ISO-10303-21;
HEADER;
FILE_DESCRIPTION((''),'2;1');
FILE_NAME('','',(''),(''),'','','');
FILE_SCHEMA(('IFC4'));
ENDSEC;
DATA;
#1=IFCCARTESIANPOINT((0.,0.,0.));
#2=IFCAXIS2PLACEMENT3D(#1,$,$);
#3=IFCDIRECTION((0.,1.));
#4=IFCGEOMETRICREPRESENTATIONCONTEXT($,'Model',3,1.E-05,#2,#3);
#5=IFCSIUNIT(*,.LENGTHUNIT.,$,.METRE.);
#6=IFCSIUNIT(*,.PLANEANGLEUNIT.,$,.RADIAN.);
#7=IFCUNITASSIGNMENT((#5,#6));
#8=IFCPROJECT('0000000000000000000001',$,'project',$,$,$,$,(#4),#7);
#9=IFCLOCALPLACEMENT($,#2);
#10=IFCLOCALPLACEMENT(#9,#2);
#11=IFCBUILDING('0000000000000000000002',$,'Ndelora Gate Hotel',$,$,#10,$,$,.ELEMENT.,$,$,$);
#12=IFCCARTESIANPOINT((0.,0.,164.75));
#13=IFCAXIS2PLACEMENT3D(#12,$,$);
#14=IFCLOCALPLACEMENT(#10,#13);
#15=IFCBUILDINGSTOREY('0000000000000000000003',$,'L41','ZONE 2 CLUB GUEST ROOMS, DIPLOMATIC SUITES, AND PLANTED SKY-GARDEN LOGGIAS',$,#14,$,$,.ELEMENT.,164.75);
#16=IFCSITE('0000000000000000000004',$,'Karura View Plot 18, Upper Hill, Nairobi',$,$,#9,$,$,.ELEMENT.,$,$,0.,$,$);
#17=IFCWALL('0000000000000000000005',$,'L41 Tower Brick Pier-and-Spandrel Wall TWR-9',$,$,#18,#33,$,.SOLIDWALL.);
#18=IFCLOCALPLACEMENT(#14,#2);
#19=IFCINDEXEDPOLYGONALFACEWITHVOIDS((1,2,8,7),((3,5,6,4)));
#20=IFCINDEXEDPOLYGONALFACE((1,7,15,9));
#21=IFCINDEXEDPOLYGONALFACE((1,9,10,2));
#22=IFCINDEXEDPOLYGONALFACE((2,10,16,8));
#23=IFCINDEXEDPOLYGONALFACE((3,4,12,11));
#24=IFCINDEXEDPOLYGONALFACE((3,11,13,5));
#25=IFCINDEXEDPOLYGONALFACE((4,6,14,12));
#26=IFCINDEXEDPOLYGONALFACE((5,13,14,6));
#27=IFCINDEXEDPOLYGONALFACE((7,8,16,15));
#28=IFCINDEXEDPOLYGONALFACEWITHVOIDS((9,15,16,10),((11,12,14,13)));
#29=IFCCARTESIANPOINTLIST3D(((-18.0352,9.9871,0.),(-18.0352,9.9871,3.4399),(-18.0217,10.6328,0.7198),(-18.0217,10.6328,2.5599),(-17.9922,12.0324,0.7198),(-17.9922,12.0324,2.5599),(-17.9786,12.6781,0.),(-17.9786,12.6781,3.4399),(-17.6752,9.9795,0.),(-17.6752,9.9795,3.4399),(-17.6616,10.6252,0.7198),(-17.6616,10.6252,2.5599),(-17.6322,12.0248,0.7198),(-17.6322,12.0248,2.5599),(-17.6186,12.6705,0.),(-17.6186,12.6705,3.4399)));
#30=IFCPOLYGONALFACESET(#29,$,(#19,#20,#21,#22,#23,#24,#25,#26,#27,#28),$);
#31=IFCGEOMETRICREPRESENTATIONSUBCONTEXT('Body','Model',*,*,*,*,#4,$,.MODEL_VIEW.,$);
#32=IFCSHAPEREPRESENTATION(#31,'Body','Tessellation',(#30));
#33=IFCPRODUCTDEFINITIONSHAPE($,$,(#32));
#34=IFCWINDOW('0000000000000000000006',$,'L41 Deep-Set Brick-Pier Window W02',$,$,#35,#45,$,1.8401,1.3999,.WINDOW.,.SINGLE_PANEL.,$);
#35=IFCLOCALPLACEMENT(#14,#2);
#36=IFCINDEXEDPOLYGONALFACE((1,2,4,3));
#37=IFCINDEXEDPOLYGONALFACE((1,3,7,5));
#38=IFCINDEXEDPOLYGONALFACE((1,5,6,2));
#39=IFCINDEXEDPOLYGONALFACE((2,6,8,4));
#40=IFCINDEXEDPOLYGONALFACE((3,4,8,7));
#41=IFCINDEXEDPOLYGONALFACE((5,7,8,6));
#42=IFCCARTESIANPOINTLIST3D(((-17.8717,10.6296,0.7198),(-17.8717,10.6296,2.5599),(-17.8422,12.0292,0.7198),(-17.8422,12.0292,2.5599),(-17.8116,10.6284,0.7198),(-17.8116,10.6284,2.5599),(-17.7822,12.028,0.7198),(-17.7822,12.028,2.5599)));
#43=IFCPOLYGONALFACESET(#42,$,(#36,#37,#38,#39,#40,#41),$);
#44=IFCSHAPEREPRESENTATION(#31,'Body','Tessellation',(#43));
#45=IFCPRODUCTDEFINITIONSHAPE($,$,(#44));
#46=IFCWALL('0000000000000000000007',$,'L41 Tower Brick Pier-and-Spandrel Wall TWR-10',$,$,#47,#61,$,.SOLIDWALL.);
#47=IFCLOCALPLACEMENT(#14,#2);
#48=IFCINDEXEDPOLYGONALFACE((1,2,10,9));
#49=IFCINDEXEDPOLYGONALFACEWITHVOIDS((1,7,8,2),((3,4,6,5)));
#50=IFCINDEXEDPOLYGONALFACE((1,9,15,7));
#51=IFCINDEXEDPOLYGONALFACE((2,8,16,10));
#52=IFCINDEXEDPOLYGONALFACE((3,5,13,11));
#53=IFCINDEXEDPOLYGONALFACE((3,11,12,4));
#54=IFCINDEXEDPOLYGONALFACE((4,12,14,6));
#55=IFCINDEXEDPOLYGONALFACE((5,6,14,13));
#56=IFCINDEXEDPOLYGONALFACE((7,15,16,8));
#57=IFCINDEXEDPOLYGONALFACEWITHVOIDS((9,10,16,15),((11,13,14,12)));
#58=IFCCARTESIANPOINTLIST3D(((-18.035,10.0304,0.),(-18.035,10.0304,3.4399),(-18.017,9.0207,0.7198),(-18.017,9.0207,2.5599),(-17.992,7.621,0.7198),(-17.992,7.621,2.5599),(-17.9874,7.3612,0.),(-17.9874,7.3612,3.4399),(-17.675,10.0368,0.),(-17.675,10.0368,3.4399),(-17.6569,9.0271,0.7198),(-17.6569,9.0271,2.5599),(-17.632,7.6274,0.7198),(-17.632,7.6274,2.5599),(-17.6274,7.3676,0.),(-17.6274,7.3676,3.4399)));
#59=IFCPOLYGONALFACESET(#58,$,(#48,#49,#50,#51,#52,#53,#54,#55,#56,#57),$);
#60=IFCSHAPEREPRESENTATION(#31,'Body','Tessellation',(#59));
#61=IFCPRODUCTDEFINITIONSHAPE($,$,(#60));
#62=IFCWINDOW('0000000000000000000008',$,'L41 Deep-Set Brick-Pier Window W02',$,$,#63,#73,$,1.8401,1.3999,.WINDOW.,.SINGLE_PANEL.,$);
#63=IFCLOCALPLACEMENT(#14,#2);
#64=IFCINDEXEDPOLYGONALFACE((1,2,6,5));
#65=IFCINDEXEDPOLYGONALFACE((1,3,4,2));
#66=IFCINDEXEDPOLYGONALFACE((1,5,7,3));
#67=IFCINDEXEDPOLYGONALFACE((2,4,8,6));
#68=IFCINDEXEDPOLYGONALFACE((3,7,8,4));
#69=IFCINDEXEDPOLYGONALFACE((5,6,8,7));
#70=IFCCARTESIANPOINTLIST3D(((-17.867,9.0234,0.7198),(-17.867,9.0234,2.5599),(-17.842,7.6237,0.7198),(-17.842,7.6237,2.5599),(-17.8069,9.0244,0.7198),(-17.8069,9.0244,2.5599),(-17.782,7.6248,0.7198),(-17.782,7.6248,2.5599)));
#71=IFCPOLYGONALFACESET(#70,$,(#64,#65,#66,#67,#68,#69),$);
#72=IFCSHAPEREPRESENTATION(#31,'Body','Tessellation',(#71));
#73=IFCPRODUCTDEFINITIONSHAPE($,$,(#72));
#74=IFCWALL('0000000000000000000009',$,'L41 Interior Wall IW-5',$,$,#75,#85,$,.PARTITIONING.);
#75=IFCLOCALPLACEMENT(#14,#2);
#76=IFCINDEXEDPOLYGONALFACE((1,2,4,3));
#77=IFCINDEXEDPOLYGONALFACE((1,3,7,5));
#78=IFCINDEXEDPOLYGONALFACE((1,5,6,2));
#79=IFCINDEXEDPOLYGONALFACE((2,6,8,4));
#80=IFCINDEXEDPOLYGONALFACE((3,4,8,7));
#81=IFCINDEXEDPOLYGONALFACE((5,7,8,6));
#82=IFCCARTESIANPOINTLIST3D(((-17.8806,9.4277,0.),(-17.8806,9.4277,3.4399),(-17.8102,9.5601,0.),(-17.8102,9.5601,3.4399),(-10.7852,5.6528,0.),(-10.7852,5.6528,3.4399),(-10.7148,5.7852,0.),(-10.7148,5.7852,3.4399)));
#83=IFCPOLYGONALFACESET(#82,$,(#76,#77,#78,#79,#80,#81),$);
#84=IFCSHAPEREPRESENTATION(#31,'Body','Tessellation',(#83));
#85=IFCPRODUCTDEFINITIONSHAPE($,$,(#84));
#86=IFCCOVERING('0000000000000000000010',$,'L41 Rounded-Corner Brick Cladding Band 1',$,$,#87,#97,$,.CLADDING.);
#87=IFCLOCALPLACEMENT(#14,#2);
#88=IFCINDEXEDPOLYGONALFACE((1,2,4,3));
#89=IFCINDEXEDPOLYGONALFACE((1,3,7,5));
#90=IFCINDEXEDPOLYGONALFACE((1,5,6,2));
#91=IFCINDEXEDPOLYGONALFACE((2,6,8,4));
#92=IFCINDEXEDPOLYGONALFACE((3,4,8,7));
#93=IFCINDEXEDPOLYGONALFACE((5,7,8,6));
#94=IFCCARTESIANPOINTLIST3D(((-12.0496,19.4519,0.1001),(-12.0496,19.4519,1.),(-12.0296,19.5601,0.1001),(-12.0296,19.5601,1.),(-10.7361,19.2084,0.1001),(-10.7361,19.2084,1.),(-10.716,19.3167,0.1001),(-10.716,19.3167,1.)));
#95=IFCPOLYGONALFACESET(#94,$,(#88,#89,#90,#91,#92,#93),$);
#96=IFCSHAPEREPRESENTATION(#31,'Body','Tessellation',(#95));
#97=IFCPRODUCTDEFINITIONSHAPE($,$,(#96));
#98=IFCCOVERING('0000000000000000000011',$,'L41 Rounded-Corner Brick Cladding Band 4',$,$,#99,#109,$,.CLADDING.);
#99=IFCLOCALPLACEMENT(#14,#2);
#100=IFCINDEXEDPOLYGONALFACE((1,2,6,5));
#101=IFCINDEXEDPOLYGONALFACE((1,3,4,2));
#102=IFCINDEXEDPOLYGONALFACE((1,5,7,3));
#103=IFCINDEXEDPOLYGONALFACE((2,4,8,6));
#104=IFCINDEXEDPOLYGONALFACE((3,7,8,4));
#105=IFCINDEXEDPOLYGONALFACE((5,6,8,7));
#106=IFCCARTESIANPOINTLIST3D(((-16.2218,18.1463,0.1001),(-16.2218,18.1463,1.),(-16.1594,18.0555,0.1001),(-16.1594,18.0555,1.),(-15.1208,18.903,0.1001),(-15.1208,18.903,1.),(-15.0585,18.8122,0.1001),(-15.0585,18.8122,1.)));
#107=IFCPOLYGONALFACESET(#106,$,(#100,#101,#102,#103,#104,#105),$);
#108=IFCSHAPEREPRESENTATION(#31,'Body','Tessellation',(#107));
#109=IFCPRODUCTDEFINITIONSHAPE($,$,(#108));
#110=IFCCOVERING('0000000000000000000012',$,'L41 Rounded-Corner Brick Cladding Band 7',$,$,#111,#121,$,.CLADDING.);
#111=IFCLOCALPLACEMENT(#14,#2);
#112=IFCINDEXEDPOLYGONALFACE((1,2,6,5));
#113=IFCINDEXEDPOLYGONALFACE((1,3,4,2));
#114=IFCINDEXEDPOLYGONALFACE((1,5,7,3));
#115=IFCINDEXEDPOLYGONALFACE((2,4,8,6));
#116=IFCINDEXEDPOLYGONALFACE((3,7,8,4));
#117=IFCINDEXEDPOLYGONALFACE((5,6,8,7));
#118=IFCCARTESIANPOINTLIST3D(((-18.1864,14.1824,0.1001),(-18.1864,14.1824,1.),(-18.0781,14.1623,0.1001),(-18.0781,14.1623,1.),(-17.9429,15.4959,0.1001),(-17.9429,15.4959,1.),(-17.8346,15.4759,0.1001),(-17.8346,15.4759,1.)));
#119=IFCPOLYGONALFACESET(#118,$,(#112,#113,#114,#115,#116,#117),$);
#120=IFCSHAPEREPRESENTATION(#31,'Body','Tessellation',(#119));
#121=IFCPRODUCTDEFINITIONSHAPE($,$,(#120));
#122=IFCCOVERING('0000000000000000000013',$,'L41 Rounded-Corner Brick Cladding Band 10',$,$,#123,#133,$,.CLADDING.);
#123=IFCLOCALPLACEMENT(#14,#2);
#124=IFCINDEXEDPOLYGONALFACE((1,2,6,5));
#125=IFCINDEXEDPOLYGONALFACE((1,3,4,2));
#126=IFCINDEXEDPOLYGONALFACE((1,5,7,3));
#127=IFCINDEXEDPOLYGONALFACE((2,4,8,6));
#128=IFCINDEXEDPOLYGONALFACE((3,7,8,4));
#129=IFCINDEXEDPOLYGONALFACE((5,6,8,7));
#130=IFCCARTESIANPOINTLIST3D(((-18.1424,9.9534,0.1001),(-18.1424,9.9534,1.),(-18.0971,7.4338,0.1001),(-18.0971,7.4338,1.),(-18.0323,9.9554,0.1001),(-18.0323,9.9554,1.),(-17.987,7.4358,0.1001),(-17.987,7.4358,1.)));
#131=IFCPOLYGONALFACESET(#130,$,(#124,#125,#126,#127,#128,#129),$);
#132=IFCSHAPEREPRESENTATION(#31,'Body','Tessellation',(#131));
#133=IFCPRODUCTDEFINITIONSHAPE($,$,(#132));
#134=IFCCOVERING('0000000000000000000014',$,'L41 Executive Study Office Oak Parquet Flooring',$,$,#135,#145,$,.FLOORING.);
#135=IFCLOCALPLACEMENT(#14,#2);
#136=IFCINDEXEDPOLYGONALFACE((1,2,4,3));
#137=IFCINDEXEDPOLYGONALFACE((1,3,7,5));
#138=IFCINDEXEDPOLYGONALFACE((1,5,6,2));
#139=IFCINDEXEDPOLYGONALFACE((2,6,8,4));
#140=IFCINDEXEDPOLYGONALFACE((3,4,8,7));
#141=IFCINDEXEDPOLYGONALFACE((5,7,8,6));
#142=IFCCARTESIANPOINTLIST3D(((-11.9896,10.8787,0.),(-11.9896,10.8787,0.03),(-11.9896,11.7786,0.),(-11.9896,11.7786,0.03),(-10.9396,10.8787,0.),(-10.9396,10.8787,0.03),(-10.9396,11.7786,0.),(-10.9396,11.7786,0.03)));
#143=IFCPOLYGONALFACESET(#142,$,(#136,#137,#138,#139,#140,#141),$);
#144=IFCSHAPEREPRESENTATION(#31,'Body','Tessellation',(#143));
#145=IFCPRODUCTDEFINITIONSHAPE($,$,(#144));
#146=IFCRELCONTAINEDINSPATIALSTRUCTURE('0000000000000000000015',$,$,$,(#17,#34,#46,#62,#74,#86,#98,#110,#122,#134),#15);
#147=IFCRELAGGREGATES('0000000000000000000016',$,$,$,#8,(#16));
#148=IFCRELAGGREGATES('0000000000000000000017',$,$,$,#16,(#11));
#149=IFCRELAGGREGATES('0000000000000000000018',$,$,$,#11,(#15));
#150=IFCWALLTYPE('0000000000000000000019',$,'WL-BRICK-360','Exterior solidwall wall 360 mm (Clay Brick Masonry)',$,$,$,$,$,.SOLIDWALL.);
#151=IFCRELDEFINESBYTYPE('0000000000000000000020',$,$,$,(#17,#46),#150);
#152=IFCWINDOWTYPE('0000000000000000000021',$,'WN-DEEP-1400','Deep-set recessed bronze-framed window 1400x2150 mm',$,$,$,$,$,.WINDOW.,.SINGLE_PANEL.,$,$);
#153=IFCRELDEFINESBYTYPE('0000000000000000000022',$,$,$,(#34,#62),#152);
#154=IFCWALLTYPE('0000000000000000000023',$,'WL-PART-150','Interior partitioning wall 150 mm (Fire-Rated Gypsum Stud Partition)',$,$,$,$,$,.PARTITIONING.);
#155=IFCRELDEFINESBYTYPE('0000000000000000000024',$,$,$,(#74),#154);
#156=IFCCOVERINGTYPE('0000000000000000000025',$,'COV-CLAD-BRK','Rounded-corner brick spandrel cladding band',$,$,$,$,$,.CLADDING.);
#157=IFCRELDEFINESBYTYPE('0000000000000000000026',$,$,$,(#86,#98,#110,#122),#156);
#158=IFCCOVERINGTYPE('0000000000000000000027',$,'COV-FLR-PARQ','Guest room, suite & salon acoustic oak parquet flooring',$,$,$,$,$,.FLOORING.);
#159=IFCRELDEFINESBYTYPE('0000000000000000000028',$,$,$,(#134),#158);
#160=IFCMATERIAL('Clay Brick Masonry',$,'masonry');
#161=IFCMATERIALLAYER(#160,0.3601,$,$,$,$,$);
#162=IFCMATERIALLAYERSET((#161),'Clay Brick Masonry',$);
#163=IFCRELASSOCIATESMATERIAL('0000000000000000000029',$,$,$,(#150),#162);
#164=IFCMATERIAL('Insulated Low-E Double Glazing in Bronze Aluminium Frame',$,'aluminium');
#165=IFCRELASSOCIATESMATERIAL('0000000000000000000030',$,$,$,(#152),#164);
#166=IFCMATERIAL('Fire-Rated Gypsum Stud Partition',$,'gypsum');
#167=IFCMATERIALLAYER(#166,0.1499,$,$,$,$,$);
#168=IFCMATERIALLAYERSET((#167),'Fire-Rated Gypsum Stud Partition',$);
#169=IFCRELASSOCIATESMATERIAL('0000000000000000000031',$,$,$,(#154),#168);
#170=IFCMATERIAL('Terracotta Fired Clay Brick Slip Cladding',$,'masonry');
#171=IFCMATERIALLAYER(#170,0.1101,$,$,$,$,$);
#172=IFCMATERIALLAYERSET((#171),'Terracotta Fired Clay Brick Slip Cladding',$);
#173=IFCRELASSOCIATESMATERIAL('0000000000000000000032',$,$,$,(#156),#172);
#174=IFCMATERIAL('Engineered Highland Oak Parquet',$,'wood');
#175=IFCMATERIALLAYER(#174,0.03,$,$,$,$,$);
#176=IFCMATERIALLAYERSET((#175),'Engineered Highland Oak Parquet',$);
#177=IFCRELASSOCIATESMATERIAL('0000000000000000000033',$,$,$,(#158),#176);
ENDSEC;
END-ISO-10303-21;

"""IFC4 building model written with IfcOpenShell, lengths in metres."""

from ifc_helpers import new_model, si_unit, direction, frame, frame_2d, origin, origin_2d, place, context, subcontext, project, spatial, rectangle, extrude, material, layer, layer_set, type_object, element, fill, save


model = new_model("IFC4")

# Units and contexts
model_context = context("Model", 3, precision=1e-05, world=origin(), true_north=direction((0.0, 1.0)))
body_context = subcontext(model_context, "Body", "Model", "MODEL_VIEW")
ifc_project = project(units=[si_unit("LENGTHUNIT", "METRE"), si_unit("PLANEANGLEUNIT", "RADIAN")], contexts=[model_context])

# Site, building, storey
site_placement = place(None, origin())
site = spatial("IfcSite", under=ifc_project, at=site_placement, Name="Karura View Plot 18, Upper Hill, Nairobi", CompositionType="ELEMENT", RefElevation=0.0)
building_placement = place(site_placement, origin())
building = spatial("IfcBuilding", under=site, at=building_placement, Name="Ndelora Gate Hotel", CompositionType="ELEMENT")
storey_placement = place(building_placement, frame((0.0, 0.0, 164.75)))
storey = spatial("IfcBuildingStorey", under=building, at=storey_placement, Name="L41", Description="ZONE 2 CLUB GUEST ROOMS, DIPLOMATIC SUITES, AND PLANTED SKY-GARDEN LOGGIAS", CompositionType="ELEMENT", Elevation=164.75)

# Shared definitions
ifc_material_1 = material(Name="Clay Brick Masonry", Category="masonry")
ifc_layer_1 = layer(ifc_material_1, 0.3601)
ifc_layer_set_1 = layer_set([ifc_layer_1], Name="Clay Brick Masonry")
wall_type_1 = type_object("IfcWallType", Name="WL-BRICK-360", Description="Exterior solidwall wall 360 mm (Clay Brick Masonry)", PredefinedType="SOLIDWALL", material=ifc_layer_set_1)

# Walls, openings, windows
wall_1_placement = place(storey_placement, frame((-17.8552, 9.9834, 0.0), z_axis=(0.0, 0.0, 1.0), x_axis=(0.021042, 0.999779, 0.0)))
wall_1 = element("IfcWall", 1, at=wall_1_placement, inside=storey, type_object=wall_type_1, Name="L41 Tower Brick Pier-and-Spandrel Wall TWR-9", PredefinedType="SOLIDWALL", context=body_context, shape_type="SweptSolid", body=[
    extrude(rectangle(XDim=2.6917, YDim=0.3601, at=frame_2d((1.3457, 0.0))), origin(), (0.0, 0.0, 1.0), 3.4399),
])
opening_1_placement = place(wall_1_placement, frame((0.6458, 0.0, 0.72)))
opening_1 = element("IfcOpeningElement", 2, at=opening_1_placement, cuts=wall_1, PredefinedType="OPENING", context=body_context, shape_type="SweptSolid", body=[
    extrude(rectangle(XDim=1.3999, YDim=1.8401, at=frame_2d((0.7, 0.9199))), frame((0.0, 0.1899, 0.0), z_axis=(0.0, -1.0, 0.0), x_axis=(1.0, 0.0, 0.0)), (0.0, 0.0, 1.0), 0.3801),
])
ifc_material_2 = material(Name="Insulated Low-E Double Glazing in Bronze Aluminium Frame", Category="aluminium")
window_type = type_object("IfcWindowType", Name="WN-DEEP-1400", Description="Deep-set recessed bronze-framed window 1400x2150 mm", PartitioningType="SINGLE_PANEL", PredefinedType="WINDOW", material=ifc_material_2)
window_1_placement = place(opening_1_placement, origin())
window_1 = element("IfcWindow", 3, at=window_1_placement, inside=storey, type_object=window_type, Name="L41 Deep-Set Brick-Pier Window W02", OverallHeight=1.8401, OverallWidth=1.3999, PartitioningType="SINGLE_PANEL", PredefinedType="WINDOW", context=body_context, shape_type="SweptSolid", body=[
    extrude(rectangle(XDim=1.3999, YDim=1.8401, at=frame_2d((0.7, 0.9199))), frame((0.0, 0.03, 0.0), z_axis=(0.0, -1.0, 0.0), x_axis=(1.0, 0.0, 0.0)), (0.0, 0.0, 1.0), 0.0601),
])
fill(opening_1, window_1)
wall_2_placement = place(storey_placement, frame((-17.8074, 7.3643, 0.0), z_axis=(0.0, 0.0, 1.0), x_axis=(-0.017833, 0.999841, 0.0)))
wall_2 = element("IfcWall", 4, at=wall_2_placement, inside=storey, type_object=wall_type_1, Name="L41 Tower Brick Pier-and-Spandrel Wall TWR-10", PredefinedType="SOLIDWALL", context=body_context, shape_type="SweptSolid", body=[
    extrude(rectangle(XDim=2.6697, YDim=0.3601, at=frame_2d((1.335, 0.0))), origin(), (0.0, 0.0, 1.0), 3.4399),
])
opening_2_placement = place(wall_2_placement, frame((0.26, 0.0, 0.72)))
opening_2 = element("IfcOpeningElement", 5, at=opening_2_placement, cuts=wall_2, PredefinedType="OPENING", context=body_context, shape_type="SweptSolid", body=[
    extrude(rectangle(XDim=1.3999, YDim=1.8401, at=frame_2d((0.7, 0.9199))), frame((0.0, 0.1899, 0.0), z_axis=(0.0, -1.0, 0.0), x_axis=(1.0, 0.0, 0.0)), (0.0, 0.0, 1.0), 0.3801),
])
window_2_placement = place(opening_2_placement, origin())
window_2 = element("IfcWindow", 6, at=window_2_placement, inside=storey, type_object=window_type, Name="L41 Deep-Set Brick-Pier Window W02", OverallHeight=1.8401, OverallWidth=1.3999, PartitioningType="SINGLE_PANEL", PredefinedType="WINDOW", context=body_context, shape_type="SweptSolid", body=[
    extrude(rectangle(XDim=1.3999, YDim=1.8401, at=frame_2d((0.7, 0.9199))), frame((0.0, 0.03, 0.0), z_axis=(0.0, -1.0, 0.0), x_axis=(1.0, 0.0, 0.0)), (0.0, 0.0, 1.0), 0.0601),
])
fill(opening_2, window_2)

# Wall
ifc_material_3 = material(Name="Fire-Rated Gypsum Stud Partition", Category="gypsum")
ifc_layer_2 = layer(ifc_material_3, 0.1499)
ifc_layer_set_2 = layer_set([ifc_layer_2], Name="Fire-Rated Gypsum Stud Partition")
wall_type_2 = type_object("IfcWallType", Name="WL-PART-150", Description="Interior partitioning wall 150 mm (Fire-Rated Gypsum Stud Partition)", PredefinedType="PARTITIONING", material=ifc_layer_set_2)
wall_3_placement = place(storey_placement, frame((-10.75, 5.719, 0.0), z_axis=(0.0, 0.0, 1.0), x_axis=(-0.882835, 0.469683, 0.0)))
element("IfcWall", 7, at=wall_3_placement, inside=storey, type_object=wall_type_2, Name="L41 Interior Wall IW-5", PredefinedType="PARTITIONING", context=body_context, shape_type="SweptSolid", body=[
    extrude(rectangle(XDim=8.0371, YDim=0.1499, at=frame_2d((4.0186, 0.0))), origin(), (0.0, 0.0, 1.0), 3.4399),
])

# Coverings
ifc_material_4 = material(Name="Terracotta Fired Clay Brick Slip Cladding", Category="masonry")
ifc_layer_3 = layer(ifc_material_4, 0.1101)
ifc_layer_set_3 = layer_set([ifc_layer_3], Name="Terracotta Fired Clay Brick Slip Cladding")
covering_type_1 = type_object("IfcCoveringType", Name="COV-CLAD-BRK", Description="Rounded-corner brick spandrel cladding band", PredefinedType="CLADDING", material=ifc_layer_set_3)
for number, where, z_axis, x_axis, name in (
    (8, (-11.3828, 19.3843, 0.1001), (0.0, 0.0, 1.0), (-0.983255, 0.182236, 0.0), "L41 Rounded-Corner Brick Cladding Band 1"),
    (9, (-15.6401, 18.4792, 0.1001), (0.0, 0.0, 1.0), (0.824126, 0.566406, 0.0), "L41 Rounded-Corner Brick Cladding Band 4"),
    (10, (-18.0105, 14.8291, 0.1001), (0.0, 0.0, 1.0), (0.182236, 0.983255, 0.0), "L41 Rounded-Corner Brick Cladding Band 7"),
):
    element("IfcCovering", number, at=place(storey_placement, frame(where, z_axis=z_axis, x_axis=x_axis)), inside=storey, type_object=covering_type_1, Name=name, PredefinedType="CLADDING", context=body_context, shape_type="SweptSolid", body=[
        extrude(rectangle(XDim=1.3359, YDim=0.1101, at=origin_2d()), origin(), (0.0, 0.0, 1.0), 0.8999),
    ])
covering_1_placement = place(storey_placement, frame((-18.0647, 8.6946, 0.1001), z_axis=(0.0, 0.0, 1.0), x_axis=(-0.017976, 0.999838, 0.0)))
element("IfcCovering", 11, at=covering_1_placement, inside=storey, type_object=covering_type_1, Name="L41 Rounded-Corner Brick Cladding Band 10", PredefinedType="CLADDING", context=body_context, shape_type="SweptSolid", body=[
    extrude(rectangle(XDim=2.52, YDim=0.1101, at=origin_2d()), origin(), (0.0, 0.0, 1.0), 0.8999),
])
ifc_material_5 = material(Name="Engineered Highland Oak Parquet", Category="wood")
ifc_layer_4 = layer(ifc_material_5, 0.03)
ifc_layer_set_4 = layer_set([ifc_layer_4], Name="Engineered Highland Oak Parquet")
covering_type_2 = type_object("IfcCoveringType", Name="COV-FLR-PARQ", Description="Guest room, suite & salon acoustic oak parquet flooring", PredefinedType="FLOORING", material=ifc_layer_set_4)
covering_2_placement = place(storey_placement, frame((-11.4646, 11.3286, 0.0), z_axis=(0.0, 0.0, 1.0), x_axis=(1.0, 0.0, 0.0)))
element("IfcCovering", 12, at=covering_2_placement, inside=storey, type_object=covering_type_2, Name="L41 Executive Study Office Oak Parquet Flooring", PredefinedType="FLOORING", context=body_context, shape_type="SweptSolid", body=[
    extrude(rectangle(XDim=1.05, YDim=0.8999, at=origin_2d()), origin(), (0.0, 0.0, 1.0), 0.03),
])

save(model, "model.ifc")
